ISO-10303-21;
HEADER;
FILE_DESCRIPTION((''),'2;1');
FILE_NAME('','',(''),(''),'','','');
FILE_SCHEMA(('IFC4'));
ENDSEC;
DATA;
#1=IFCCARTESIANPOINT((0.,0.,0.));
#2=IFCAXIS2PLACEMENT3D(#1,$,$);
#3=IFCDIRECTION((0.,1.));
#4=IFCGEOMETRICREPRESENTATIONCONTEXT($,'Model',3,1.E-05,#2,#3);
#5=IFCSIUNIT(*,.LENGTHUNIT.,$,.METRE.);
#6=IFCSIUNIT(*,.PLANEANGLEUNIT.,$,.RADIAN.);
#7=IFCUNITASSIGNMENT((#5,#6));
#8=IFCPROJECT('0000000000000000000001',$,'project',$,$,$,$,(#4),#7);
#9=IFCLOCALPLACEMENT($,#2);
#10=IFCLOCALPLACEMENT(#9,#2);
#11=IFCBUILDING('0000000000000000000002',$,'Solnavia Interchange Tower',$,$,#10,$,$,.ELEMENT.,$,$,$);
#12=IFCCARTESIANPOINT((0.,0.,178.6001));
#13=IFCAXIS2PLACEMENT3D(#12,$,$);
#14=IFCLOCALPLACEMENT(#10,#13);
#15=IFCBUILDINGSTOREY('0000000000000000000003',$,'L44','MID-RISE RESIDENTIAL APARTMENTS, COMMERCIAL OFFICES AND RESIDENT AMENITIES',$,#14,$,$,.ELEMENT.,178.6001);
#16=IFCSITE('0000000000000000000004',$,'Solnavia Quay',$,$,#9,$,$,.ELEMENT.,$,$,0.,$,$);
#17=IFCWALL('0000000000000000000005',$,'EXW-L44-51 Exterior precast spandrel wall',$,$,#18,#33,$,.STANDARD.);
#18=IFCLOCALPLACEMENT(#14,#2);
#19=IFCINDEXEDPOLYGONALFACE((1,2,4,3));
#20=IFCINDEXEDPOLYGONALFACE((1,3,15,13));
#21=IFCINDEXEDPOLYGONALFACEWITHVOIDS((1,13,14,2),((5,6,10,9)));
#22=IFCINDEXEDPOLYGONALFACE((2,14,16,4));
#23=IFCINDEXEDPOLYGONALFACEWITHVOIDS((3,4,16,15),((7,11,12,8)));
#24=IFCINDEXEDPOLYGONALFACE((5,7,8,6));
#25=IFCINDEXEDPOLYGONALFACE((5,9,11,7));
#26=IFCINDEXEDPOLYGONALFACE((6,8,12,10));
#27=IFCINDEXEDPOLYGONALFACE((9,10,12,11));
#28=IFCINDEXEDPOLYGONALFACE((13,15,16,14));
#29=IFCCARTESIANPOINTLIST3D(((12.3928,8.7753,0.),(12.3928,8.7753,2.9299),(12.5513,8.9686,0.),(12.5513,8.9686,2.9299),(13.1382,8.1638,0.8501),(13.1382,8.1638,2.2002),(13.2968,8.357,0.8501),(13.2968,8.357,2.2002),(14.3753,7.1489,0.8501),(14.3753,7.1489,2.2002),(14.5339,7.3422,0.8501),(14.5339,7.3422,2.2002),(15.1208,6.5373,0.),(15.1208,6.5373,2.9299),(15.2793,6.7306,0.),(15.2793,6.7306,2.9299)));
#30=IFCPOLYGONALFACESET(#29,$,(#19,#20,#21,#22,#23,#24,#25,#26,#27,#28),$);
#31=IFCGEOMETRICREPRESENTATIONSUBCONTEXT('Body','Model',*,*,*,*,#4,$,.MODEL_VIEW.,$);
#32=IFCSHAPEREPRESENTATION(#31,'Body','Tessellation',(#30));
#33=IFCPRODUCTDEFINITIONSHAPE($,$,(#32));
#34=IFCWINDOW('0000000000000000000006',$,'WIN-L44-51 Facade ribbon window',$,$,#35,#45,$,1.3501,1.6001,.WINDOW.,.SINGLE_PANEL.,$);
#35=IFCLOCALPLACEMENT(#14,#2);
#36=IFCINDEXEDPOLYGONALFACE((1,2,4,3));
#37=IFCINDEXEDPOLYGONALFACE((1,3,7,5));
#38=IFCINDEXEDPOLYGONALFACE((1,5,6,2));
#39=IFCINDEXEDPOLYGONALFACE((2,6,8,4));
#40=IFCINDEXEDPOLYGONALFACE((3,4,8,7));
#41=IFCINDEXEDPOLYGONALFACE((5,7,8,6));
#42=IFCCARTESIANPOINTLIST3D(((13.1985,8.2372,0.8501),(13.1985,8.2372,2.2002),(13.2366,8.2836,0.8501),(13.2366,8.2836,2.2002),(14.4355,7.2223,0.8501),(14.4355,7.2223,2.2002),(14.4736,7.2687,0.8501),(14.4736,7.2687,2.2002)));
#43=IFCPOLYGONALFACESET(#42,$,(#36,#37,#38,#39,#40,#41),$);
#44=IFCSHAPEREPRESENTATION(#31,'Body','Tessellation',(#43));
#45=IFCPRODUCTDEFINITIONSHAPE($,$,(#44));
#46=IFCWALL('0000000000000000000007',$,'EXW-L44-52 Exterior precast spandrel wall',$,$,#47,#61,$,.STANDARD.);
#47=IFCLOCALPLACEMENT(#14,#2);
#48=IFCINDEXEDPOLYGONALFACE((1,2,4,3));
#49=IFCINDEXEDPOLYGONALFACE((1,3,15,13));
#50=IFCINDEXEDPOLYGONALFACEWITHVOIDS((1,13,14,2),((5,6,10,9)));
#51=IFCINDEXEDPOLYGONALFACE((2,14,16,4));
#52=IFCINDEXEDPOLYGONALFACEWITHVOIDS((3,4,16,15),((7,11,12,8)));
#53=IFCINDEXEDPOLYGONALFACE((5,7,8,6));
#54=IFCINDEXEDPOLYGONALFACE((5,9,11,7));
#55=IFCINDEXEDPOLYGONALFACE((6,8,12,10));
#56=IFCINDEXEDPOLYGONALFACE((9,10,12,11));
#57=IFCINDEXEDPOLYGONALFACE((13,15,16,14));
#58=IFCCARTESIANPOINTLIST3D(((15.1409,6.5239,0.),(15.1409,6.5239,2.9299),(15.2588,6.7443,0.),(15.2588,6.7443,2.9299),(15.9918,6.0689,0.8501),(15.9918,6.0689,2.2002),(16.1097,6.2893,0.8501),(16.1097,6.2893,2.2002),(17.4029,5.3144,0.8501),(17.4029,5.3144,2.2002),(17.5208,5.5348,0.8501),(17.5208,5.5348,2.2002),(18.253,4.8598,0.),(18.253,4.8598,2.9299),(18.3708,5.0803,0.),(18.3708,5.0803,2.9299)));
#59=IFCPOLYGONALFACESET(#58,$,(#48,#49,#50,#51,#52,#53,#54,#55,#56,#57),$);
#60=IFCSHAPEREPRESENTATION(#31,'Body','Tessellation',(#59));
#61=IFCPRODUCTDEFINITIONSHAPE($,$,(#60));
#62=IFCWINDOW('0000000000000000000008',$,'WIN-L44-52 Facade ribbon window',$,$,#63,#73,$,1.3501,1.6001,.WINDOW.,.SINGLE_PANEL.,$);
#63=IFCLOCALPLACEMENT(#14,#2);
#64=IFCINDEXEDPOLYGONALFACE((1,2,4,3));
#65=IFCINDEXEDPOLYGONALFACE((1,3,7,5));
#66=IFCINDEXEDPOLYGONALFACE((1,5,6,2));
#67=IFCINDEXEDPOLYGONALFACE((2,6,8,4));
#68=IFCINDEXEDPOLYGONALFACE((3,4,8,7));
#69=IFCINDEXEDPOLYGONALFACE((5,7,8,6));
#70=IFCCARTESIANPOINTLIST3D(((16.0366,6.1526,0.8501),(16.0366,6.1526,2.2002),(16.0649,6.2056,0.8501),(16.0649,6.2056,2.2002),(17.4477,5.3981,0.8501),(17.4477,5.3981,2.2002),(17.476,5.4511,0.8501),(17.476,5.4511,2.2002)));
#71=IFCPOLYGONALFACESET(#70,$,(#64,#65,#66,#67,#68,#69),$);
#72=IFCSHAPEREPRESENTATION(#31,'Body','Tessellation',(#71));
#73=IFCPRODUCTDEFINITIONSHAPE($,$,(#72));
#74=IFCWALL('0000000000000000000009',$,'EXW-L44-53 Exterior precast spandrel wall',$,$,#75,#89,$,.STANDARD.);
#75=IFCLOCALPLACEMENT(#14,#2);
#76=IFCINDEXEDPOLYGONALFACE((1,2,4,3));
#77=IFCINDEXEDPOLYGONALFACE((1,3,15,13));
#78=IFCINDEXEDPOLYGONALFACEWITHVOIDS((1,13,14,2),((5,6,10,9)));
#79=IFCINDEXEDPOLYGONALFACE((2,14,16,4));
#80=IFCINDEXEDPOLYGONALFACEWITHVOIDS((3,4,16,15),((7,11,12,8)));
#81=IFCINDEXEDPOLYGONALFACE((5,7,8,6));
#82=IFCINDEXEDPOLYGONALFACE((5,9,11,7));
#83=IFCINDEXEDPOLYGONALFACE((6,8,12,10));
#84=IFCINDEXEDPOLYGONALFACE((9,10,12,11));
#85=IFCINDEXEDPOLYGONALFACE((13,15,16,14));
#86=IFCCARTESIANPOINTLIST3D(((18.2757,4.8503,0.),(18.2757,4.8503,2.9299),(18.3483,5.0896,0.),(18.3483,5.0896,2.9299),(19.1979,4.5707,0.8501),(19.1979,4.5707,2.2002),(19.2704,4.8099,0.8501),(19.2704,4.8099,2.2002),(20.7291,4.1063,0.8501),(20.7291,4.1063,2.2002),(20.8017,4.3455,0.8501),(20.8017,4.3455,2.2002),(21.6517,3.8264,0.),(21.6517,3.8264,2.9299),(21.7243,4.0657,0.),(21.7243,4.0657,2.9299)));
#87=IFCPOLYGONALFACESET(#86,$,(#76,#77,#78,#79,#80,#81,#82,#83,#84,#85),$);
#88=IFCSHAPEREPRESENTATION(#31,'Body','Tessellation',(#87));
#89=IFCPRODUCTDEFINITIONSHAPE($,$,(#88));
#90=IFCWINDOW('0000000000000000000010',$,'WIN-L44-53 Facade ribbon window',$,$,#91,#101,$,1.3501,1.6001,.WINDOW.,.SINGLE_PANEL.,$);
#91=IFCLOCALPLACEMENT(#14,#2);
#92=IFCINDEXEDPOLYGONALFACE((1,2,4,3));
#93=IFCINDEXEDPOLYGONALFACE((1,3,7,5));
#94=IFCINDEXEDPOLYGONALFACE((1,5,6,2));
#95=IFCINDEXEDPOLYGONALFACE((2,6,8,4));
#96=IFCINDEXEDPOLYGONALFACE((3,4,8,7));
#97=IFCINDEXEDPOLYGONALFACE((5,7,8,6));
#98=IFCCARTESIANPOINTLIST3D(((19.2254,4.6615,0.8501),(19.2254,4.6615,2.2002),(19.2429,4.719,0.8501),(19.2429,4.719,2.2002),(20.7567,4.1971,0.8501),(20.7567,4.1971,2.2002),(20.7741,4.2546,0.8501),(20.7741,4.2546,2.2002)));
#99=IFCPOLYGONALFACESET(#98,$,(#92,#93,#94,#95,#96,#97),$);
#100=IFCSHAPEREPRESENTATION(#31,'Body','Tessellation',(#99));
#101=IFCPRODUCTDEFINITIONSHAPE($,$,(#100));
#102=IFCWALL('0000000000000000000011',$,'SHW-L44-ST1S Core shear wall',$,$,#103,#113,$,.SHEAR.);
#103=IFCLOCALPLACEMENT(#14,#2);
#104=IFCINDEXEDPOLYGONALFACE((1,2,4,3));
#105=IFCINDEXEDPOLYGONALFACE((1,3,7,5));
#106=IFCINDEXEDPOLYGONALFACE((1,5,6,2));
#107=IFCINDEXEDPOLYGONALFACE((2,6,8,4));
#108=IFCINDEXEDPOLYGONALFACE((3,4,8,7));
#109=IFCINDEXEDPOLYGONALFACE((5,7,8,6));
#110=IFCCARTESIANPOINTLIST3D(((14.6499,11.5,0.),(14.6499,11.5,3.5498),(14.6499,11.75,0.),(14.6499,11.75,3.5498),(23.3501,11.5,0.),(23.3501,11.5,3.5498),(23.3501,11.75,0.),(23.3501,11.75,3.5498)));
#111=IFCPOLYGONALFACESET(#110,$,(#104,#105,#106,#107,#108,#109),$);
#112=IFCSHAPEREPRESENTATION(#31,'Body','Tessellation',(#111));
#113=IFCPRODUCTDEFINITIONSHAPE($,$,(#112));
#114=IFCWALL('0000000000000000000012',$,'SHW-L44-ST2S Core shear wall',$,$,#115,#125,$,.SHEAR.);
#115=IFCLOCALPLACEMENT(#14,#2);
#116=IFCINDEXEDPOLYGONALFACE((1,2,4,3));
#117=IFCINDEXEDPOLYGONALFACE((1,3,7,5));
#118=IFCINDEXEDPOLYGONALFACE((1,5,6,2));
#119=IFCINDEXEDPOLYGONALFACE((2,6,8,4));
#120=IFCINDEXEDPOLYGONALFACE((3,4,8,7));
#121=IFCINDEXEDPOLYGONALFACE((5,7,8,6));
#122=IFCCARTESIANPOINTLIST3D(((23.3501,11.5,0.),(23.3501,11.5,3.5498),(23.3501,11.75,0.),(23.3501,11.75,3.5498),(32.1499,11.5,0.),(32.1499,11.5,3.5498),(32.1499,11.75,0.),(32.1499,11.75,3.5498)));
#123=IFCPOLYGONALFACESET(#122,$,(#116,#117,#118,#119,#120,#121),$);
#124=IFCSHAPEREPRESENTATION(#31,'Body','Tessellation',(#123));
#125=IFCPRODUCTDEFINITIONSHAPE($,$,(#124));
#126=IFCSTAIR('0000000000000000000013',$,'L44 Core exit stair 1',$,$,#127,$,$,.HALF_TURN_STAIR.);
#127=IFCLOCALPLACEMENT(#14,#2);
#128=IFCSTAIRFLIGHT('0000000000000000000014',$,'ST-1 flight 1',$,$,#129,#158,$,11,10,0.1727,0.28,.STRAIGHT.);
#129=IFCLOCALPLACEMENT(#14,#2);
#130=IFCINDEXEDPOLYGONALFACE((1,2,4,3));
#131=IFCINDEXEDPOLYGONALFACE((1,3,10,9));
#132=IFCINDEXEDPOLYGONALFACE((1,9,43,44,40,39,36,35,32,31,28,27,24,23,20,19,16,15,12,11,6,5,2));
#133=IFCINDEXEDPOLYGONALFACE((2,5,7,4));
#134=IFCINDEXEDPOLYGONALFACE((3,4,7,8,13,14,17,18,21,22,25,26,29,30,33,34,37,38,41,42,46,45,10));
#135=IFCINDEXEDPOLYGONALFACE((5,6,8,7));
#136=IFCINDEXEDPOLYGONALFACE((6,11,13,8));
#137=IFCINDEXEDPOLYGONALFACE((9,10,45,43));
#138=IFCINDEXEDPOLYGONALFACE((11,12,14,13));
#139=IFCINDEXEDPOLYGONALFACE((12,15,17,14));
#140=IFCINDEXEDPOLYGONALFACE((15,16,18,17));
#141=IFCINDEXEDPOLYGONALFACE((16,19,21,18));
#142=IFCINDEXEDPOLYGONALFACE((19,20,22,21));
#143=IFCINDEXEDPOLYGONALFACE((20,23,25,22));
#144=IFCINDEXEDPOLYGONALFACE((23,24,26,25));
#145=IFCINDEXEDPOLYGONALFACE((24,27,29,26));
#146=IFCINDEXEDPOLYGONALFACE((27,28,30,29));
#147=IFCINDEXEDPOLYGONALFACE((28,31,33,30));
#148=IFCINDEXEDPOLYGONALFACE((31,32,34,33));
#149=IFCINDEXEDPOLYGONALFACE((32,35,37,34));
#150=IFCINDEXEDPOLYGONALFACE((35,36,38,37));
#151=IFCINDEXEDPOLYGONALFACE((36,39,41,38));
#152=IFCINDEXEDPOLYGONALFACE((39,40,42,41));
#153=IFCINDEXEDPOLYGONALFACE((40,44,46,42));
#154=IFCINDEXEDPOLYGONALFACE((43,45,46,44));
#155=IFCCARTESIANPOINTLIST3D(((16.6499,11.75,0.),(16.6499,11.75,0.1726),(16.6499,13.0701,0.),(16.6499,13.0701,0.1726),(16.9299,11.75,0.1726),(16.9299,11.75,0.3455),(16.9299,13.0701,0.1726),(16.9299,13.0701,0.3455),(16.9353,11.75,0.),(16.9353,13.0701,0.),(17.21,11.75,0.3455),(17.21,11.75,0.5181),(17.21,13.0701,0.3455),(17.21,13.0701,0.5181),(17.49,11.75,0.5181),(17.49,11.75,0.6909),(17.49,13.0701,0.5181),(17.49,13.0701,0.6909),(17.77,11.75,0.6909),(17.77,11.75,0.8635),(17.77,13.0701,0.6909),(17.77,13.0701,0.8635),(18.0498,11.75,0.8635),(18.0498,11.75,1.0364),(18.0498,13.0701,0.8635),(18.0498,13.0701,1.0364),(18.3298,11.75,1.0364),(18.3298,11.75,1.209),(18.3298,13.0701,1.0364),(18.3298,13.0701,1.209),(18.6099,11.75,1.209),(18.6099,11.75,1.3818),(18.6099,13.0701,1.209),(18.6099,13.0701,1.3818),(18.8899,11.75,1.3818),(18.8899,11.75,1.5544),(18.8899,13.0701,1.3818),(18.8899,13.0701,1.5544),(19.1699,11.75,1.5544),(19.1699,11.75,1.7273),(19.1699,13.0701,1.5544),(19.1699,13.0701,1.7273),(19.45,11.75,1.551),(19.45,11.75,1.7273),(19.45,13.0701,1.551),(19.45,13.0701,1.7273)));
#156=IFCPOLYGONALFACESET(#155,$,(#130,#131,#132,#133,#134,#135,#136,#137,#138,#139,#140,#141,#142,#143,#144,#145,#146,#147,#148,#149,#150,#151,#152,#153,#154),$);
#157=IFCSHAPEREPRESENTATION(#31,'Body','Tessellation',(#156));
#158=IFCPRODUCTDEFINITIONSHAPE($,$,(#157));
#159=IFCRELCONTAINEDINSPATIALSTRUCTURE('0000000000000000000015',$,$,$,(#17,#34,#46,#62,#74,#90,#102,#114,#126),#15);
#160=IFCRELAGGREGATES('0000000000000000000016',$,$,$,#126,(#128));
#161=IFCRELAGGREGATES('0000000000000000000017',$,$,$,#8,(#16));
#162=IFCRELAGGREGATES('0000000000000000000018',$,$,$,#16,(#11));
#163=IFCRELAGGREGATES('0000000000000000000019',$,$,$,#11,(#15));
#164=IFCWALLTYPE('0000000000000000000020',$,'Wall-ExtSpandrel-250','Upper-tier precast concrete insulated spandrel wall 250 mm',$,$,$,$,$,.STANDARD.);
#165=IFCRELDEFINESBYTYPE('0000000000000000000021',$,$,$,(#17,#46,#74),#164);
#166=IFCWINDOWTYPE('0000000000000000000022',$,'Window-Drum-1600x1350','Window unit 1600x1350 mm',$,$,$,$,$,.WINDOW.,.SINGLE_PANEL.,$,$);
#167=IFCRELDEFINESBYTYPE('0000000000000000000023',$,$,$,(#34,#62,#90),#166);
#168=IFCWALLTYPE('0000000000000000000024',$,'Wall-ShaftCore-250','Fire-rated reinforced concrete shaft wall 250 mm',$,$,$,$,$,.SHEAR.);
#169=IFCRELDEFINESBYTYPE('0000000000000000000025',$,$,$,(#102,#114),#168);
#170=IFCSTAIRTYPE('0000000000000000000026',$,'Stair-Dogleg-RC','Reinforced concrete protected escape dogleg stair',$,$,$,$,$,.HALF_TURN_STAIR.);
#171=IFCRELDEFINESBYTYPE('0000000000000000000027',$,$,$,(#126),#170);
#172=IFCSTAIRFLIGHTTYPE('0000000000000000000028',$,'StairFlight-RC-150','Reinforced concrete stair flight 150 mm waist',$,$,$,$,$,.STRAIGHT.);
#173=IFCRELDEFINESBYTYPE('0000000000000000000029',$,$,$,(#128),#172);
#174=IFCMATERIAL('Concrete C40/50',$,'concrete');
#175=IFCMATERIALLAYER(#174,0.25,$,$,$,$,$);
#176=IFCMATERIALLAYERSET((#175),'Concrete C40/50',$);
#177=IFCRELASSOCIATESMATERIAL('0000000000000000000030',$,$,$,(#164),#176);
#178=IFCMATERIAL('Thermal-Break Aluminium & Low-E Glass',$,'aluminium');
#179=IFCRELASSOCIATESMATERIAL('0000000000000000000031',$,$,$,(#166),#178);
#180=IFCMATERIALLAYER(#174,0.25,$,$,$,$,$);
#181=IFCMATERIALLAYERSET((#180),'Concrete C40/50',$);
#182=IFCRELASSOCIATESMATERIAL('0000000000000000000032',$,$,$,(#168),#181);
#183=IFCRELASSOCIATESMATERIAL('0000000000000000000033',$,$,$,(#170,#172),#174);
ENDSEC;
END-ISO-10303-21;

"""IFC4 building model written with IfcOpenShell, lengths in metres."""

from ifc_helpers import new_model, si_unit, direction, frame, frame_2d, origin, place, context, subcontext, project, spatial, polyline, rectangle, outline, extrude, material, layer, layer_set, type_object, element, fill, aggregate, save


model = new_model("IFC4")

# Units and contexts
model_context = context("Model", 3, precision=1e-05, world=origin(), true_north=direction((0.0, 1.0)))
body_context = subcontext(model_context, "Body", "Model", "MODEL_VIEW")
ifc_project = project(units=[si_unit("LENGTHUNIT", "METRE"), si_unit("PLANEANGLEUNIT", "RADIAN")], contexts=[model_context])

# Site, building, storey
site_placement = place(None, origin())
site = spatial("IfcSite", under=ifc_project, at=site_placement, Name="Solnavia Quay", CompositionType="ELEMENT", RefElevation=0.0)
building_placement = place(site_placement, origin())
building = spatial("IfcBuilding", under=site, at=building_placement, Name="Solnavia Interchange Tower", CompositionType="ELEMENT")
storey_placement = place(building_placement, frame((0.0, 0.0, 178.6001)))
storey = spatial("IfcBuildingStorey", under=building, at=storey_placement, Name="L44", Description="MID-RISE RESIDENTIAL APARTMENTS, COMMERCIAL OFFICES AND RESIDENT AMENITIES", CompositionType="ELEMENT", Elevation=178.6001)

# Walls, openings, windows
ifc_material_1 = material(Name="Concrete C40/50", Category="concrete")
ifc_layer_1 = layer(ifc_material_1, 0.25)
ifc_layer_set_1 = layer_set([ifc_layer_1], Name="Concrete C40/50")
wall_type_1 = type_object("IfcWallType", Name="Wall-ExtSpandrel-250", Description="Upper-tier precast concrete insulated spandrel wall 250 mm", PredefinedType="STANDARD", material=ifc_layer_set_1)
wall_1_placement = place(storey_placement, frame((15.2, 6.634, 0.0), z_axis=(0.0, 0.0, 1.0), x_axis=(-0.773121, 0.634258, 0.0)))
wall_1 = element("IfcWall", 1, at=wall_1_placement, inside=storey, type_object=wall_type_1, Name="EXW-L44-51 Exterior precast spandrel wall", PredefinedType="STANDARD", context=body_context, shape_type="SweptSolid", body=[
    extrude(rectangle(XDim=3.5286, YDim=0.25, at=frame_2d((1.7642, 0.0))), origin(), (0.0, 0.0, 1.0), 2.9299),
])
opening_1_placement = place(wall_1_placement, frame((0.9641, 0.0, 0.8501)))
opening_1 = element("IfcOpeningElement", 2, at=opening_1_placement, cuts=wall_1, PredefinedType="OPENING", context=body_context, shape_type="SweptSolid", body=[
    extrude(rectangle(XDim=1.6001, YDim=1.3501, at=frame_2d((0.8, 0.675))), frame((0.0, 0.135, 0.0), z_axis=(0.0, -1.0, 0.0), x_axis=(1.0, 0.0, 0.0)), (0.0, 0.0, 1.0), 0.27),
])
ifc_material_2 = material(Name="Thermal-Break Aluminium & Low-E Glass", Category="aluminium")
window_type = type_object("IfcWindowType", Name="Window-Drum-1600x1350", Description="Window unit 1600x1350 mm", PartitioningType="SINGLE_PANEL", PredefinedType="WINDOW", material=ifc_material_2)
window_1_placement = place(opening_1_placement, origin())
window_1 = element("IfcWindow", 3, at=window_1_placement, inside=storey, type_object=window_type, Name="WIN-L44-51 Facade ribbon window", OverallHeight=1.3501, OverallWidth=1.6001, PartitioningType="SINGLE_PANEL", PredefinedType="WINDOW", context=body_context, shape_type="SweptSolid", body=[
    extrude(rectangle(XDim=1.6001, YDim=1.3501, at=frame_2d((0.8, 0.675))), frame((0.0, 0.03, 0.0), z_axis=(0.0, -1.0, 0.0), x_axis=(1.0, 0.0, 0.0)), (0.0, 0.0, 1.0), 0.0601),
])
fill(opening_1, window_1)
wall_2_placement = place(storey_placement, frame((18.312, 4.97, 0.0), z_axis=(0.0, 0.0, 1.0), x_axis=(-0.881847, 0.471536, 0.0)))
wall_2 = element("IfcWall", 4, at=wall_2_placement, inside=storey, type_object=wall_type_1, Name="EXW-L44-52 Exterior precast spandrel wall", PredefinedType="STANDARD", context=body_context, shape_type="SweptSolid", body=[
    extrude(rectangle(XDim=3.5291, YDim=0.25, at=frame_2d((1.7646, 0.0))), origin(), (0.0, 0.0, 1.0), 2.9299),
])
opening_2_placement = place(wall_2_placement, frame((0.9641, 0.0, 0.8501)))
opening_2 = element("IfcOpeningElement", 5, at=opening_2_placement, cuts=wall_2, PredefinedType="OPENING", context=body_context, shape_type="SweptSolid", body=[
    extrude(rectangle(XDim=1.6001, YDim=1.3501, at=frame_2d((0.8, 0.675))), frame((0.0, 0.135, 0.0), z_axis=(0.0, -1.0, 0.0), x_axis=(1.0, 0.0, 0.0)), (0.0, 0.0, 1.0), 0.27),
])
window_2_placement = place(opening_2_placement, origin())
window_2 = element("IfcWindow", 6, at=window_2_placement, inside=storey, type_object=window_type, Name="WIN-L44-52 Facade ribbon window", OverallHeight=1.3501, OverallWidth=1.6001, PartitioningType="SINGLE_PANEL", PredefinedType="WINDOW", context=body_context, shape_type="SweptSolid", body=[
    extrude(rectangle(XDim=1.6001, YDim=1.3501, at=frame_2d((0.8, 0.675))), frame((0.0, 0.03, 0.0), z_axis=(0.0, -1.0, 0.0), x_axis=(1.0, 0.0, 0.0)), (0.0, 0.0, 1.0), 0.0601),
])
fill(opening_2, window_2)
wall_3_placement = place(storey_placement, frame((21.688, 3.946, 0.0), z_axis=(0.0, 0.0, 1.0), x_axis=(-0.956953, 0.290242, 0.0)))
wall_3 = element("IfcWall", 7, at=wall_3_placement, inside=storey, type_object=wall_type_1, Name="EXW-L44-53 Exterior precast spandrel wall", PredefinedType="STANDARD", context=body_context, shape_type="SweptSolid", body=[
    extrude(rectangle(XDim=3.5278, YDim=0.25, at=frame_2d((1.7639, 0.0))), origin(), (0.0, 0.0, 1.0), 2.9299),
])
opening_3_placement = place(wall_3_placement, frame((0.9641, 0.0, 0.8501)))
opening_3 = element("IfcOpeningElement", 8, at=opening_3_placement, cuts=wall_3, PredefinedType="OPENING", context=body_context, shape_type="SweptSolid", body=[
    extrude(rectangle(XDim=1.6001, YDim=1.3501, at=frame_2d((0.8, 0.675))), frame((0.0, 0.135, 0.0), z_axis=(0.0, -1.0, 0.0), x_axis=(1.0, 0.0, 0.0)), (0.0, 0.0, 1.0), 0.27),
])
window_3_placement = place(opening_3_placement, origin())
window_3 = element("IfcWindow", 9, at=window_3_placement, inside=storey, type_object=window_type, Name="WIN-L44-53 Facade ribbon window", OverallHeight=1.3501, OverallWidth=1.6001, PartitioningType="SINGLE_PANEL", PredefinedType="WINDOW", context=body_context, shape_type="SweptSolid", body=[
    extrude(rectangle(XDim=1.6001, YDim=1.3501, at=frame_2d((0.8, 0.675))), frame((0.0, 0.03, 0.0), z_axis=(0.0, -1.0, 0.0), x_axis=(1.0, 0.0, 0.0)), (0.0, 0.0, 1.0), 0.0601),
])
fill(opening_3, window_3)

# Walls
ifc_layer_2 = layer(ifc_material_1, 0.25)
ifc_layer_set_2 = layer_set([ifc_layer_2], Name="Concrete C40/50")
wall_type_2 = type_object("IfcWallType", Name="Wall-ShaftCore-250", Description="Fire-rated reinforced concrete shaft wall 250 mm", PredefinedType="SHEAR", material=ifc_layer_set_2)
wall_4_placement = place(storey_placement, frame((14.6499, 11.625, 0.0), z_axis=(0.0, 0.0, 1.0), x_axis=(1.0, 0.0, 0.0)))
element("IfcWall", 10, at=wall_4_placement, inside=storey, type_object=wall_type_2, Name="SHW-L44-ST1S Core shear wall", PredefinedType="SHEAR", context=body_context, shape_type="SweptSolid", body=[
    extrude(rectangle(XDim=8.7002, YDim=0.25, at=frame_2d((4.3501, 0.0))), origin(), (0.0, 0.0, 1.0), 3.5498),
])
wall_5_placement = place(storey_placement, frame((23.3501, 11.625, 0.0), z_axis=(0.0, 0.0, 1.0), x_axis=(1.0, 0.0, 0.0)))
element("IfcWall", 11, at=wall_5_placement, inside=storey, type_object=wall_type_2, Name="SHW-L44-ST2S Core shear wall", PredefinedType="SHEAR", context=body_context, shape_type="SweptSolid", body=[
    extrude(rectangle(XDim=8.7998, YDim=0.25, at=frame_2d((4.3999, 0.0))), origin(), (0.0, 0.0, 1.0), 3.5498),
])

# Stair, stair flight
stair_type = type_object("IfcStairType", Name="Stair-Dogleg-RC", Description="Reinforced concrete protected escape dogleg stair", PredefinedType="HALF_TURN_STAIR", material=ifc_material_1)
stair_placement = place(storey_placement, origin())
stair = element("IfcStair", 12, at=stair_placement, inside=storey, type_object=stair_type, Name="L44 Core exit stair 1", PredefinedType="HALF_TURN_STAIR")
stair_flight_type = type_object("IfcStairFlightType", Name="StairFlight-RC-150", Description="Reinforced concrete stair flight 150 mm waist", PredefinedType="STRAIGHT", material=ifc_material_1)
stair_flight_placement = place(storey_placement, frame((16.6499, 12.4099, 0.0), z_axis=(0.0, 0.0, 1.0), x_axis=(1.0, 0.0, 0.0)))
stair_flight = element("IfcStairFlight", 13, at=stair_flight_placement, type_object=stair_flight_type, Name="ST-1 flight 1", NumberOfRisers=11, NumberOfTreads=10, PredefinedType="STRAIGHT", RiserHeight=0.1727, TreadLength=0.28, context=body_context, shape_type="SweptSolid", body=[
    extrude(outline(polyline([(0.0, 0.0), (0.0, 0.1726), (0.28, 0.1726), (0.28, 0.3455), (0.5601, 0.3455), (0.5601, 0.5181), (0.8401, 0.5181), (0.8401, 0.6909), (1.1201, 0.6909), (1.1201, 0.8635), (1.3999, 0.8635), (1.3999, 1.0364), (1.6799, 1.0364), (1.6799, 1.209), (1.96, 1.209), (1.96, 1.3818), (2.24, 1.3818), (2.24, 1.5544), (2.52, 1.5544), (2.52, 1.7273), (2.8, 1.7273), (2.8, 1.8999), (2.8, 1.551), (0.2854, 0.0), (0.0, 0.0)])), frame((0.0, 0.6602, 0.0), z_axis=(0.0, -1.0, 0.0), x_axis=(1.0, 0.0, 0.0)), (0.0, 0.0, 1.0), 1.3201),
])
aggregate(stair, [stair_flight])

save(model, "model.ifc")
